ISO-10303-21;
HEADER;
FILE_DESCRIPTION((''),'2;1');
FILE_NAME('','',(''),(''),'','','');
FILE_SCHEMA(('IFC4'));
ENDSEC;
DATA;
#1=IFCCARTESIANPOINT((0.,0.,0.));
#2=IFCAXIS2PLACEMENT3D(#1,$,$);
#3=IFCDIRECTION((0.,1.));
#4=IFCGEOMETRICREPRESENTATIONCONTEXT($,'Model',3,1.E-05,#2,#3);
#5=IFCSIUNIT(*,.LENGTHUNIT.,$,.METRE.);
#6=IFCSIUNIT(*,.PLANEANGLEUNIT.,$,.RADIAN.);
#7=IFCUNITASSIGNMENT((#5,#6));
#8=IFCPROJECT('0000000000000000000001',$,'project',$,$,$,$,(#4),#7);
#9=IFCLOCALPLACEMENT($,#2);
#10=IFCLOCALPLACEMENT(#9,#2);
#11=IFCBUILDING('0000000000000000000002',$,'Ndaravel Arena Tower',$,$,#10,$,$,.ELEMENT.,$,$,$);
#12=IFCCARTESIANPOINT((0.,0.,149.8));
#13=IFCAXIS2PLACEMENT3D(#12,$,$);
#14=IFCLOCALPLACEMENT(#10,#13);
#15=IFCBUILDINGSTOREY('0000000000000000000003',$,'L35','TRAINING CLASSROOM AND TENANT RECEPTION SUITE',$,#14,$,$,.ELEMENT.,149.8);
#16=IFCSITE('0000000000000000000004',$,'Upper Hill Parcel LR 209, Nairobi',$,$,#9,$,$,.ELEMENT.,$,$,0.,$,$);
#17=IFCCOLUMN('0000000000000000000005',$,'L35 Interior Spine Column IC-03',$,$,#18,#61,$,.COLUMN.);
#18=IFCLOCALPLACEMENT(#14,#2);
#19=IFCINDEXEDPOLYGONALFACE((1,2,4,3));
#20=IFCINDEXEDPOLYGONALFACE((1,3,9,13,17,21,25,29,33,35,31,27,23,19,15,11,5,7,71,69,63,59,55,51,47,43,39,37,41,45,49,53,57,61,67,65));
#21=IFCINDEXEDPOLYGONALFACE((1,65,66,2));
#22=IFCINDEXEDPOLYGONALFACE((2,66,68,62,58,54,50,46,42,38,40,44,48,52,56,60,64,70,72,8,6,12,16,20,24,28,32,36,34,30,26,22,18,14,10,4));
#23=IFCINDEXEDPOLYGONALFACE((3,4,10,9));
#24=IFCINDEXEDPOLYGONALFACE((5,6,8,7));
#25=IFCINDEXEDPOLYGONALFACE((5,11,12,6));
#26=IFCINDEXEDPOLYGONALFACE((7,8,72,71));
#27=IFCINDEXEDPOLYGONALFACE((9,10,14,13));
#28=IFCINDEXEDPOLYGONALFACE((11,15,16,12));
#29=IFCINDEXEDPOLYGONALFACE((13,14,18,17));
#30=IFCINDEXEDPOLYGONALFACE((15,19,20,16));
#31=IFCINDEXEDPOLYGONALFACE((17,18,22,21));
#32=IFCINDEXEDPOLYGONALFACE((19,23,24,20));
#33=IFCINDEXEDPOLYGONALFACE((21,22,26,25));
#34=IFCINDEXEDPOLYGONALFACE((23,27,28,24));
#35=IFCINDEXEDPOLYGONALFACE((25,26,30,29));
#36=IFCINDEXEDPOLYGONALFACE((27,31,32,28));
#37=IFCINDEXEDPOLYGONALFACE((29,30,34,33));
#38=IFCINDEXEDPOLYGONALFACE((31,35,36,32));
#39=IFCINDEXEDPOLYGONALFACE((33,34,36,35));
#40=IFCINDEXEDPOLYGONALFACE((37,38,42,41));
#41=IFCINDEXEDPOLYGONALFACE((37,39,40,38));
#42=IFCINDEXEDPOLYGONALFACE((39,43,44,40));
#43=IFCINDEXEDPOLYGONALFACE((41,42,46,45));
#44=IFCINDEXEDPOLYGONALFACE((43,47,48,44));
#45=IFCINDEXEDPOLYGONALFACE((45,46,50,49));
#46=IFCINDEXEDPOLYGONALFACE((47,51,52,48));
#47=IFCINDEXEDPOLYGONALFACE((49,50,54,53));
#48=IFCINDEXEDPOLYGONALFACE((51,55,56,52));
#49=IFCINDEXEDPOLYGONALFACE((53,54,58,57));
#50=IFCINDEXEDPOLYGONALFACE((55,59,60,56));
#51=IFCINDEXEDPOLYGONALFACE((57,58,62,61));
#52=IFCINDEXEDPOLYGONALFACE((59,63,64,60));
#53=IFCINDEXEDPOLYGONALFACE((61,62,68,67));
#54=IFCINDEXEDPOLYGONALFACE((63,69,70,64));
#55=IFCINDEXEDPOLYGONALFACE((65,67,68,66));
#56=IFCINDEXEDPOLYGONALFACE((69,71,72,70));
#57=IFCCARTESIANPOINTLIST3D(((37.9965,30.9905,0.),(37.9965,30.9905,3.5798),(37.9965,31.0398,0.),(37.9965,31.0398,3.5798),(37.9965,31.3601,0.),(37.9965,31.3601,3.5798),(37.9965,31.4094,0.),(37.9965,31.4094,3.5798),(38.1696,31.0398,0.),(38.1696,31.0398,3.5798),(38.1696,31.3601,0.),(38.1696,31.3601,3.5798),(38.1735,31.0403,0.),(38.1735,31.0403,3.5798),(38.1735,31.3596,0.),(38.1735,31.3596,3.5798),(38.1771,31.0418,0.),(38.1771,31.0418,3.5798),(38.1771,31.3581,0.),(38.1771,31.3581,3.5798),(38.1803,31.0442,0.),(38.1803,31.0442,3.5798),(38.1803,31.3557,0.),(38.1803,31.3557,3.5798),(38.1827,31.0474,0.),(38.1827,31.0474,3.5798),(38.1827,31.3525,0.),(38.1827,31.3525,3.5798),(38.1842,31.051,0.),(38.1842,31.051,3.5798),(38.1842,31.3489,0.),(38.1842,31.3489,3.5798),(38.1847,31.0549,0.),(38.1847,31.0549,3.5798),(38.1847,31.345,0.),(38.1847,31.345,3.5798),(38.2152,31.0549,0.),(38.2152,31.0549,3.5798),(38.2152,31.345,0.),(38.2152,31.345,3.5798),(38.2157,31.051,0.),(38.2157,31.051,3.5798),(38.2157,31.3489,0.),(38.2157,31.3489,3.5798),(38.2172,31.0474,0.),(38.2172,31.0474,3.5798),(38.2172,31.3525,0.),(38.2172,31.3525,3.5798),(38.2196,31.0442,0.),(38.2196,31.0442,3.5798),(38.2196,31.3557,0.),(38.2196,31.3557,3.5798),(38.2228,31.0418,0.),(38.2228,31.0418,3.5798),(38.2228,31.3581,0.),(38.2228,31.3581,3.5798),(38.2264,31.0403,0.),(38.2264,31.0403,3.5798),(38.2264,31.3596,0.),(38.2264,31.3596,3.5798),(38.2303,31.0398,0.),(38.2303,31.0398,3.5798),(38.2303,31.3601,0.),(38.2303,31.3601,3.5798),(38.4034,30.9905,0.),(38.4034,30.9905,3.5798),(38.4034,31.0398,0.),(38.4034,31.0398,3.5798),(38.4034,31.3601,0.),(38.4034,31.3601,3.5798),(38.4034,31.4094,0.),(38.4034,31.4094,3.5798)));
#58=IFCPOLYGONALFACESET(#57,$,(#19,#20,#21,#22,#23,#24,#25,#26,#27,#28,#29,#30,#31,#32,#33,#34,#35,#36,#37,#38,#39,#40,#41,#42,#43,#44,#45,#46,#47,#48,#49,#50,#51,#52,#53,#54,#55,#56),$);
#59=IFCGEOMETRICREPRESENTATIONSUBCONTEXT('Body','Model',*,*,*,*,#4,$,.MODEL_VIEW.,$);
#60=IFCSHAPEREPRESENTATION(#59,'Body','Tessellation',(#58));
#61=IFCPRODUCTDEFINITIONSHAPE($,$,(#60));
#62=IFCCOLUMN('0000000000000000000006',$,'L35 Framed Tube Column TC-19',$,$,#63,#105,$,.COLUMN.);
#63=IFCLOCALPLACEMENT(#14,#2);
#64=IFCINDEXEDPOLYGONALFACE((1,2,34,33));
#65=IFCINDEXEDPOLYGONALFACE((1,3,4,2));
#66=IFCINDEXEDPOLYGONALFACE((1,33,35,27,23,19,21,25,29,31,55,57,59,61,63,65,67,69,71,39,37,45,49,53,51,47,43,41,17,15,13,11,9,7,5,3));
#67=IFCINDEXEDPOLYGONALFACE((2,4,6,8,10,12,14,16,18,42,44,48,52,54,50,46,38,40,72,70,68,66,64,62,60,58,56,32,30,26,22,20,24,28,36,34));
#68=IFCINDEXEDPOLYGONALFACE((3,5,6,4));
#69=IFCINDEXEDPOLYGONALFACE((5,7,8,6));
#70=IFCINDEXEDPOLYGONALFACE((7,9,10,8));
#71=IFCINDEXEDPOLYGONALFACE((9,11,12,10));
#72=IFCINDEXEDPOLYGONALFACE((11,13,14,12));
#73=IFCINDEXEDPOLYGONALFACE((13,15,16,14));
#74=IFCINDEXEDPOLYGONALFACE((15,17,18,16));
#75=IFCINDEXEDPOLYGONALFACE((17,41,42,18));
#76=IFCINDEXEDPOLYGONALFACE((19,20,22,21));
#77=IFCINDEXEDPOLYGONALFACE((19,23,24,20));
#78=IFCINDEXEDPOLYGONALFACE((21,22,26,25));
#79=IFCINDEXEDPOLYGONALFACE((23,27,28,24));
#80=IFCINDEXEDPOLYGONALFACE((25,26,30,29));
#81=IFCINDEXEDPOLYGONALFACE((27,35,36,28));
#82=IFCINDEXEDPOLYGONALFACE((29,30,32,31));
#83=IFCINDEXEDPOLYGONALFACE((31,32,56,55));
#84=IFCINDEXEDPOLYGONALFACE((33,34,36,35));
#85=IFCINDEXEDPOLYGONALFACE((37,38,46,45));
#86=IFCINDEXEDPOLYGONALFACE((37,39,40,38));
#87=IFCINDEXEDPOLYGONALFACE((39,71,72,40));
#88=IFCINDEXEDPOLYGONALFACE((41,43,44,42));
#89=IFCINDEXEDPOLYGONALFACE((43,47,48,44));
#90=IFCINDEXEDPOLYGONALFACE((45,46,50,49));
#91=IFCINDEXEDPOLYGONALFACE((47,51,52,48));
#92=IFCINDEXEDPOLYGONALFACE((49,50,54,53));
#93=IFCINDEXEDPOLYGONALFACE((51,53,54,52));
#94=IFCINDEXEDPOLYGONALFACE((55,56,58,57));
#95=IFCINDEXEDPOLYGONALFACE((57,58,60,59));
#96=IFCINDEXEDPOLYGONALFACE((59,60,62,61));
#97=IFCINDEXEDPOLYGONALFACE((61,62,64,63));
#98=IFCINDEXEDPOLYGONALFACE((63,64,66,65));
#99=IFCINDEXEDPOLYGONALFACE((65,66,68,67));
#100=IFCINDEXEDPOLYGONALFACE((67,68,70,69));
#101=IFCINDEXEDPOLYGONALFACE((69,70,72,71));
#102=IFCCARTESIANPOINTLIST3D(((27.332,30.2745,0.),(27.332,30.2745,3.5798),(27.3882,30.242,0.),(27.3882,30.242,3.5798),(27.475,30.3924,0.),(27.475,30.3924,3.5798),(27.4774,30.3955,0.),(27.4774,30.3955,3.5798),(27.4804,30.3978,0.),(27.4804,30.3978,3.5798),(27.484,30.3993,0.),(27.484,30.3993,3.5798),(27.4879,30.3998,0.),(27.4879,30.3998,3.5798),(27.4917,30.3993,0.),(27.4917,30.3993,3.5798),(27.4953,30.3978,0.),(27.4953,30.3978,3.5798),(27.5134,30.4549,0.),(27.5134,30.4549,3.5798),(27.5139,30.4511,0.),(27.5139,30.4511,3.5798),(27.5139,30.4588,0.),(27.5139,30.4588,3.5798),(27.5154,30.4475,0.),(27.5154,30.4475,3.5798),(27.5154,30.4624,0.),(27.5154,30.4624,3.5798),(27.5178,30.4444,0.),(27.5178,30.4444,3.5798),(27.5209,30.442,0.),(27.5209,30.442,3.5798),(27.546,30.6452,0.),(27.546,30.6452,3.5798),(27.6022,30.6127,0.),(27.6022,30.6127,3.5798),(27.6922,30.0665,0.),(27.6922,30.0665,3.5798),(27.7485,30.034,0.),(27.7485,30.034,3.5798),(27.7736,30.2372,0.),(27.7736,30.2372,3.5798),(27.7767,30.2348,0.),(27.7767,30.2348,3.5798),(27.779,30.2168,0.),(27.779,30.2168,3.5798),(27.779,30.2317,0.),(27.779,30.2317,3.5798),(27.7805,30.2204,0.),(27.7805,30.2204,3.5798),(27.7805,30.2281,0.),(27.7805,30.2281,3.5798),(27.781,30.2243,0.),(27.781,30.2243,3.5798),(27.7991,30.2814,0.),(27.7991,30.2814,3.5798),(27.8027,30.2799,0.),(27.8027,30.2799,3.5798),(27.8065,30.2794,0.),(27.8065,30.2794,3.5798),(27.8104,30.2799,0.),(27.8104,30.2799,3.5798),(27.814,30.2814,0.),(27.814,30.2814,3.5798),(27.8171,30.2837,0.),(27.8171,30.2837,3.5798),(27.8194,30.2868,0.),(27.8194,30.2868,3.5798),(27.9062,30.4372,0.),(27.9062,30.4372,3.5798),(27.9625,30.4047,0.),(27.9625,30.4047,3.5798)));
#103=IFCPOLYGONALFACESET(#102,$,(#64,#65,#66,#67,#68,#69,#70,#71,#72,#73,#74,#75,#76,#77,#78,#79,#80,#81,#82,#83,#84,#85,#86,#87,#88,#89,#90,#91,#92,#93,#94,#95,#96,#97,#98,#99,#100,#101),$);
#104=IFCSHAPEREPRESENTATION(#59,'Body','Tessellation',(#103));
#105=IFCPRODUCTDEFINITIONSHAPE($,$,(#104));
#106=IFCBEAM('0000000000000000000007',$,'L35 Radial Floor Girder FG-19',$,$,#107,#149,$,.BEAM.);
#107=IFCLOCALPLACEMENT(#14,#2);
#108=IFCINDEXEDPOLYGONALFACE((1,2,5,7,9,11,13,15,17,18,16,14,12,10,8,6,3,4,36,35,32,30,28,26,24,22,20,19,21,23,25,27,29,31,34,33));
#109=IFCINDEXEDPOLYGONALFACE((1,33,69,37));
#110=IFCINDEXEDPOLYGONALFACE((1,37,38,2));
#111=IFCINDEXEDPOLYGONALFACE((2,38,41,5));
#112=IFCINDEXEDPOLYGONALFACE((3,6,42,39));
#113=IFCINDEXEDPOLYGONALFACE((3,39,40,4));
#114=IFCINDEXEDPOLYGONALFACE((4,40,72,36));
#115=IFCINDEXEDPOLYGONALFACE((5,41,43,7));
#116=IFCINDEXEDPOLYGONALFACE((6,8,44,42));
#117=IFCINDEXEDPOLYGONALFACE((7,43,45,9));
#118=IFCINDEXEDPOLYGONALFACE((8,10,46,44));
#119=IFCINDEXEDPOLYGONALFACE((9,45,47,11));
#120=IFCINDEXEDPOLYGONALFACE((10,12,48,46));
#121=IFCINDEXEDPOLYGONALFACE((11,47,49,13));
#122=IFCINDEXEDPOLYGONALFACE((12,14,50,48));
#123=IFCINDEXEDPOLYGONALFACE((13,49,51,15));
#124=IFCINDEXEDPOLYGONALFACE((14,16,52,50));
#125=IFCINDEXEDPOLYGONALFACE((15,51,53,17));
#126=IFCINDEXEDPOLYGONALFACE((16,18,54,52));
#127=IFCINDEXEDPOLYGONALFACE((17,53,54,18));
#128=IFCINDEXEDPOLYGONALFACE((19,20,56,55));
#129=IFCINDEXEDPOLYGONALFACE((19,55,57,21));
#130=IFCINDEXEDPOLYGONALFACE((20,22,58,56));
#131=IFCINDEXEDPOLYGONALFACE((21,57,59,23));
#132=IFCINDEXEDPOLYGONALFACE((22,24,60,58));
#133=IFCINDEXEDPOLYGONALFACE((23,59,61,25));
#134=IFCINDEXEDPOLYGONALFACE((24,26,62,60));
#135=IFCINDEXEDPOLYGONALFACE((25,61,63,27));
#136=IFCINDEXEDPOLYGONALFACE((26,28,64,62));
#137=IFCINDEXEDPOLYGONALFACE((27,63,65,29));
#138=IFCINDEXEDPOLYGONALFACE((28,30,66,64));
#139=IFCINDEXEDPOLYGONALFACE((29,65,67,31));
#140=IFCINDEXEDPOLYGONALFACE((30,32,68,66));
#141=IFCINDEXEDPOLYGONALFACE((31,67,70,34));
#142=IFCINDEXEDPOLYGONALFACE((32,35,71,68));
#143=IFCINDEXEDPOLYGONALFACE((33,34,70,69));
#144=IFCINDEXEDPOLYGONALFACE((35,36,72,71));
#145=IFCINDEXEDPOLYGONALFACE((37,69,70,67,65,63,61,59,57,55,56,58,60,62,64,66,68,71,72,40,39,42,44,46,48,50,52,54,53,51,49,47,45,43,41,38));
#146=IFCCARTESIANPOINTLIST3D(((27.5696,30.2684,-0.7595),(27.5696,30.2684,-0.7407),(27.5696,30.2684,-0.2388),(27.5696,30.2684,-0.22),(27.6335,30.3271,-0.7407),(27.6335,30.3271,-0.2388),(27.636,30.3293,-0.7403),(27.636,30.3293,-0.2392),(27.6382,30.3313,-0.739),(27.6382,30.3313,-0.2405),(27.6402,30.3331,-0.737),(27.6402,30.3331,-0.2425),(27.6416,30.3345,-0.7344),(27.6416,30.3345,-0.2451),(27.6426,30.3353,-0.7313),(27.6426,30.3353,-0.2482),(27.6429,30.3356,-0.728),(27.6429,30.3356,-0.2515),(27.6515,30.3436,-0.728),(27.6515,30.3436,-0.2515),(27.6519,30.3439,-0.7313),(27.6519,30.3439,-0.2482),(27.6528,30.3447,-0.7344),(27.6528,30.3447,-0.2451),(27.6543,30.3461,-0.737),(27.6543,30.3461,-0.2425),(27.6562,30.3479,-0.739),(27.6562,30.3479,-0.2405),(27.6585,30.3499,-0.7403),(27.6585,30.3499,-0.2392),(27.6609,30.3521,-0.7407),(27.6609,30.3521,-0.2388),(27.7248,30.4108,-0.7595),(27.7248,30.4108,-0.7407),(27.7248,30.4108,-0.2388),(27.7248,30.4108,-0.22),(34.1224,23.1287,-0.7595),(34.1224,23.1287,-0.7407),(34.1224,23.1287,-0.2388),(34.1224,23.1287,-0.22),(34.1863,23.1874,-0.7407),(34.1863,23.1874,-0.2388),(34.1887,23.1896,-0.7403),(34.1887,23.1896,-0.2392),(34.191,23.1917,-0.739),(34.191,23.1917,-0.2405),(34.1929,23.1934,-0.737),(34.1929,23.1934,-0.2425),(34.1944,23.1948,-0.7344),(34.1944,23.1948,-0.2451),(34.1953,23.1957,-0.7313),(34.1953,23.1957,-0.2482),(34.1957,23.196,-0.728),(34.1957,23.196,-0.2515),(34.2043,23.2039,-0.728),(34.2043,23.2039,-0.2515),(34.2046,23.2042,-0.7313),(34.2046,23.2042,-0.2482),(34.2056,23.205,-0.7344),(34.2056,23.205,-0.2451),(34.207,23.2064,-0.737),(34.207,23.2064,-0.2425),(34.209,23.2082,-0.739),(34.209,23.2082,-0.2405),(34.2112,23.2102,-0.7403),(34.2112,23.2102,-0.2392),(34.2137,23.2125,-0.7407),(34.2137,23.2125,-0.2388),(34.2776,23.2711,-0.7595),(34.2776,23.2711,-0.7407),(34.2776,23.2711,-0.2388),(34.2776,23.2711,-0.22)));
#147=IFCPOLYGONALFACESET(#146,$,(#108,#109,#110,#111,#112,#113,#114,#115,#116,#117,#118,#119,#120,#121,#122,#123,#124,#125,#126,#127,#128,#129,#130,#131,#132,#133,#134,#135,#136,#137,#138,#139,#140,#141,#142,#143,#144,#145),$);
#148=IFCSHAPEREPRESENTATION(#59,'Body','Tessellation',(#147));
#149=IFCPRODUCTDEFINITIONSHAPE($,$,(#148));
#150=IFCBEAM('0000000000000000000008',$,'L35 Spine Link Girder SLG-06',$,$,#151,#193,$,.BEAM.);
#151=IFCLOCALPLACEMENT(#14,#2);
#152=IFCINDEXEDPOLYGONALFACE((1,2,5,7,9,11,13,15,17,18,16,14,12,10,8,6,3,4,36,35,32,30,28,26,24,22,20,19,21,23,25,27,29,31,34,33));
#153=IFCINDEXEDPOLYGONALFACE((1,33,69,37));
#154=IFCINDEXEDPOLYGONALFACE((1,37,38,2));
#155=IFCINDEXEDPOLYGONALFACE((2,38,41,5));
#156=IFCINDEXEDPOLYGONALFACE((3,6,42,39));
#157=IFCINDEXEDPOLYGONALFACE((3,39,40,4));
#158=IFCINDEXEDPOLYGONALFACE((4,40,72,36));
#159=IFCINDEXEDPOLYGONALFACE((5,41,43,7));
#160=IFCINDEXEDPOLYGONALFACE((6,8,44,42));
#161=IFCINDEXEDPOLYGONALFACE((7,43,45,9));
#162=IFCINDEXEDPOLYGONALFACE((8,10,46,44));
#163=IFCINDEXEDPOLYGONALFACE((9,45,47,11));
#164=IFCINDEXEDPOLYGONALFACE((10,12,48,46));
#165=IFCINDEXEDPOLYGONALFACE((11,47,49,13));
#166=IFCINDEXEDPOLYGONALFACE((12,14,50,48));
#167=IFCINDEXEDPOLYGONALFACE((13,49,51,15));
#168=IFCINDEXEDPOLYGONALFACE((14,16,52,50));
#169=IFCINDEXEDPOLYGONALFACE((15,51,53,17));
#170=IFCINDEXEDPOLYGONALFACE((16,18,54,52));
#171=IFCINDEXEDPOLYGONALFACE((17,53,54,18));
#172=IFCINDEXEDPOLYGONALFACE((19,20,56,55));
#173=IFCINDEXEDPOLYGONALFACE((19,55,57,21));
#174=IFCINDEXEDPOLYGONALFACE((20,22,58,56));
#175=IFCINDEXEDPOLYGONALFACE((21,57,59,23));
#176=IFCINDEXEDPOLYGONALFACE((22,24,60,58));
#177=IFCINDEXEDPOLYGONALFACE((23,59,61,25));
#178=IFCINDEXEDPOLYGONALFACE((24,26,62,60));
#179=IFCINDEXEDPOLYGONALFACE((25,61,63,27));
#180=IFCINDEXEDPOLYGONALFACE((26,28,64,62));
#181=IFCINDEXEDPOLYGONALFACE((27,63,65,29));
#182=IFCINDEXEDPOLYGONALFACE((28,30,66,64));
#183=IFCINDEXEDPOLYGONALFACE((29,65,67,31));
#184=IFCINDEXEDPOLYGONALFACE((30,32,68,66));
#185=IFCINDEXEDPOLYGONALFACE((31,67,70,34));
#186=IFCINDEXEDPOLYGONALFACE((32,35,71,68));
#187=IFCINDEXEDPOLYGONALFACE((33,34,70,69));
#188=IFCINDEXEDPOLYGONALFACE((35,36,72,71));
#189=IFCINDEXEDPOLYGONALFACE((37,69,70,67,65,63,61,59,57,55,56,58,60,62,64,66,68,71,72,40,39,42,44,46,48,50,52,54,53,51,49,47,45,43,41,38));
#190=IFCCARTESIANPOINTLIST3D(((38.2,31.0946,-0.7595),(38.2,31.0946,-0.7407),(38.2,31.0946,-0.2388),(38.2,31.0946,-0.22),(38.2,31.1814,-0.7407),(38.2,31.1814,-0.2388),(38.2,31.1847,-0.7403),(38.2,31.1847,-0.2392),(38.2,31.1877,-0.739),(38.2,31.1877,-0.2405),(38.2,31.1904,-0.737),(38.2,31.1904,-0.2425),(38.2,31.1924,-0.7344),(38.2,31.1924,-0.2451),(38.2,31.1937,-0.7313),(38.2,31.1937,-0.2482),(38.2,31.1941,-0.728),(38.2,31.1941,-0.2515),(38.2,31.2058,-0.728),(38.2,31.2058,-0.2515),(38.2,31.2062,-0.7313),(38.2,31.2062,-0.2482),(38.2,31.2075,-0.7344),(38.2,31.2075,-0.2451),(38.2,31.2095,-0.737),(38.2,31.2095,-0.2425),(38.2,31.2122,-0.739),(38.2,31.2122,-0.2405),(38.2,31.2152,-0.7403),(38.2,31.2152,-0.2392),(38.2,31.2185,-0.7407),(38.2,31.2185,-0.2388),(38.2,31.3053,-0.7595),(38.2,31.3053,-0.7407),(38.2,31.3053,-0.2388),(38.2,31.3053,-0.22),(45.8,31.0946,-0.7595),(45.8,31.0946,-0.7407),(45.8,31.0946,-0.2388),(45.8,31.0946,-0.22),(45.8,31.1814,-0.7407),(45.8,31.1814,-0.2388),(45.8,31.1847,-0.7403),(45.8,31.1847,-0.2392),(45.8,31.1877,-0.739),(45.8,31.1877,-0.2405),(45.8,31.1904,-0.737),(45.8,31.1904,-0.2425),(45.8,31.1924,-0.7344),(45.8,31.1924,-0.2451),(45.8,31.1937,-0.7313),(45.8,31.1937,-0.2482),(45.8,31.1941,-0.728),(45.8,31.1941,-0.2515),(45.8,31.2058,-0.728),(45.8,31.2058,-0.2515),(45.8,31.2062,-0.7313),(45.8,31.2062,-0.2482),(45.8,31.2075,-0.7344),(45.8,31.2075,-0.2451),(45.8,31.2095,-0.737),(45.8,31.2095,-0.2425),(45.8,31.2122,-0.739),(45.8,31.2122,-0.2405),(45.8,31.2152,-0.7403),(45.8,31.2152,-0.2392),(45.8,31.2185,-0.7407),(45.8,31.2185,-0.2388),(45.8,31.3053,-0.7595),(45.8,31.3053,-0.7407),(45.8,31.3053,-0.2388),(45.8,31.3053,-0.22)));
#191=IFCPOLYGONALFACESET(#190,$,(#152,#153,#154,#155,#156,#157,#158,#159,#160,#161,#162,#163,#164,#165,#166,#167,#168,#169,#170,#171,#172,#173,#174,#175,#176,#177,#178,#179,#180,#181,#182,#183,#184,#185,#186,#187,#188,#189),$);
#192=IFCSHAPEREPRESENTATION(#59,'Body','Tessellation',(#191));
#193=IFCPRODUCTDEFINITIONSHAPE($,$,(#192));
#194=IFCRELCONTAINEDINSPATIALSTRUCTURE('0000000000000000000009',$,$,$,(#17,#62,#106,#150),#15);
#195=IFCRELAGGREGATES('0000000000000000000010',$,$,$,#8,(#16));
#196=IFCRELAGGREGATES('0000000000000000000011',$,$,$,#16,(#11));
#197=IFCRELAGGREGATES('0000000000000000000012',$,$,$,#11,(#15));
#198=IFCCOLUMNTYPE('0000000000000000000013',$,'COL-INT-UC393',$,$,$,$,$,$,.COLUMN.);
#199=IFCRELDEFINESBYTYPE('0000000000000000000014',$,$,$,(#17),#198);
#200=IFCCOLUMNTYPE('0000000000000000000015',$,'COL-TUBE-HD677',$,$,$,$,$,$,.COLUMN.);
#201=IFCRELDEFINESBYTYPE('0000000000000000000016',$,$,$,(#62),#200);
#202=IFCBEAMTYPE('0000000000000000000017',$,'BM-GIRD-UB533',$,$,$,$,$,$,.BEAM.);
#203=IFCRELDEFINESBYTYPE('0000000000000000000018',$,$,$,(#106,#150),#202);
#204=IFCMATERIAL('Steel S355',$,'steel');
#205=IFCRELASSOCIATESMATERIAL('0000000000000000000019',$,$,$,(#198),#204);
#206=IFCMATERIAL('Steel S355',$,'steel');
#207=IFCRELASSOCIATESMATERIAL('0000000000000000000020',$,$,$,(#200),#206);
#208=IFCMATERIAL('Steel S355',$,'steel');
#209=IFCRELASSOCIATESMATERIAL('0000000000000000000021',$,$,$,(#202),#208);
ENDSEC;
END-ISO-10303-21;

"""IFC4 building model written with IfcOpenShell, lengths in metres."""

from ifc_helpers import new_model, si_unit, direction, frame, origin, origin_2d, place, context, subcontext, project, spatial, i_section, extrude, material, material_profile, profile_set, type_object, element, save


model = new_model("IFC4")

# Units and contexts
model_context = context("Model", 3, precision=1e-05, world=origin(), true_north=direction((0.0, 1.0)))
body_context = subcontext(model_context, "Body", "Model", "MODEL_VIEW")
ifc_project = project(units=[si_unit("LENGTHUNIT", "METRE"), si_unit("PLANEANGLEUNIT", "RADIAN")], contexts=[model_context])

# Site, building, storey
site_placement = place(None, origin())
site = spatial("IfcSite", under=ifc_project, at=site_placement, Name="Upper Hill Parcel LR 209, Nairobi", CompositionType="ELEMENT", RefElevation=0.0)
building_placement = place(site_placement, origin())
building = spatial("IfcBuilding", under=site, at=building_placement, Name="Ndaravel Arena Tower", CompositionType="ELEMENT")
storey_placement = place(building_placement, frame((0.0, 0.0, 149.8)))
storey = spatial("IfcBuildingStorey", under=building, at=storey_placement, Name="L35", Description="TRAINING CLASSROOM AND TENANT RECEPTION SUITE", CompositionType="ELEMENT", Elevation=149.8)

# Columns
ifc_material_1 = material(Name="Steel S355", Category="steel")
ifc_material_profile_1 = material_profile(ifc_material_1, i_section(OverallWidth=0.407, OverallDepth=0.4189, WebThickness=0.0305, FlangeThickness=0.0493, FilletRadius=0.0151, at=origin_2d()), Name="UC 356x406x393")
ifc_profile_set_1 = profile_set([ifc_material_profile_1], Name="Steel S355")
column_type_1 = type_object("IfcColumnType", Name="COL-INT-UC393", PredefinedType="COLUMN", material=ifc_profile_set_1)
column_1_placement = place(storey_placement, frame((38.2, 31.2, 0.0), z_axis=(0.0, 0.0, 1.0), x_axis=(1.0, 0.0, 0.0)))
element("IfcColumn", 1, at=column_1_placement, inside=storey, type_object=column_type_1, Name="L35 Interior Spine Column IC-03", PredefinedType="COLUMN", context=body_context, shape_type="SweptSolid", body=[
    extrude(i_section(OverallWidth=0.407, OverallDepth=0.4189, WebThickness=0.0305, FlangeThickness=0.0493, FilletRadius=0.0151, at=origin_2d()), origin(), (0.0, 0.0, 1.0), 3.5798),
])
ifc_material_2 = material(Name="Steel S355", Category="steel")
ifc_material_profile_2 = material_profile(ifc_material_2, i_section(OverallWidth=0.428, OverallDepth=0.481, WebThickness=0.051, FlangeThickness=0.0649, FilletRadius=0.0149, at=origin_2d()), Name="HD 400x677")
ifc_profile_set_2 = profile_set([ifc_material_profile_2], Name="Steel S355")
column_type_2 = type_object("IfcColumnType", Name="COL-TUBE-HD677", PredefinedType="COLUMN", material=ifc_profile_set_2)
column_2_placement = place(storey_placement, frame((27.6472, 30.3396, 0.0), z_axis=(0.0, 0.0, 1.0), x_axis=(0.5, 0.866025, 0.0)))
element("IfcColumn", 2, at=column_2_placement, inside=storey, type_object=column_type_2, Name="L35 Framed Tube Column TC-19", PredefinedType="COLUMN", context=body_context, shape_type="SweptSolid", body=[
    extrude(i_section(OverallWidth=0.428, OverallDepth=0.481, WebThickness=0.051, FlangeThickness=0.0649, FilletRadius=0.0149, at=origin_2d()), origin(), (0.0, 0.0, 1.0), 3.5798),
])

# Beams
ifc_material_3 = material(Name="Steel S355", Category="steel")
ifc_material_profile_3 = material_profile(ifc_material_3, i_section(OverallWidth=0.2107, OverallDepth=0.5396, WebThickness=0.0117, FlangeThickness=0.0188, FilletRadius=0.0127, at=origin_2d()), Name="UB 533x210x109")
ifc_profile_set_3 = profile_set([ifc_material_profile_3], Name="Steel S355")
beam_type_1 = type_object("IfcBeamType", Name="BM-GIRD-UB533", PredefinedType="BEAM", material=ifc_profile_set_3)
beam_1_placement = place(storey_placement, frame((27.6472, 30.3396, -0.4897), z_axis=(0.676176, -0.73674, 0.0), x_axis=(0.73674, 0.676176, 0.0)))
element("IfcBeam", 3, at=beam_1_placement, inside=storey, type_object=beam_type_1, Name="L35 Radial Floor Girder FG-19", PredefinedType="BEAM", context=body_context, shape_type="SweptSolid", body=[
    extrude(i_section(OverallWidth=0.2107, OverallDepth=0.5396, WebThickness=0.0117, FlangeThickness=0.0188, FilletRadius=0.0127, at=origin_2d()), origin(), (0.0, 0.0, 1.0), 9.6909),
])
beam_2_placement = place(storey_placement, frame((38.2, 31.2, -0.4897), z_axis=(1.0, 0.0, 0.0), x_axis=(0.0, 1.0, 0.0)))
element("IfcBeam", 4, at=beam_2_placement, inside=storey, type_object=beam_type_1, Name="L35 Spine Link Girder SLG-06", PredefinedType="BEAM", context=body_context, shape_type="SweptSolid", body=[
    extrude(i_section(OverallWidth=0.2107, OverallDepth=0.5396, WebThickness=0.0117, FlangeThickness=0.0188, FilletRadius=0.0127, at=origin_2d()), origin(), (0.0, 0.0, 1.0), 7.6001),
])

save(model, "model.ifc")
